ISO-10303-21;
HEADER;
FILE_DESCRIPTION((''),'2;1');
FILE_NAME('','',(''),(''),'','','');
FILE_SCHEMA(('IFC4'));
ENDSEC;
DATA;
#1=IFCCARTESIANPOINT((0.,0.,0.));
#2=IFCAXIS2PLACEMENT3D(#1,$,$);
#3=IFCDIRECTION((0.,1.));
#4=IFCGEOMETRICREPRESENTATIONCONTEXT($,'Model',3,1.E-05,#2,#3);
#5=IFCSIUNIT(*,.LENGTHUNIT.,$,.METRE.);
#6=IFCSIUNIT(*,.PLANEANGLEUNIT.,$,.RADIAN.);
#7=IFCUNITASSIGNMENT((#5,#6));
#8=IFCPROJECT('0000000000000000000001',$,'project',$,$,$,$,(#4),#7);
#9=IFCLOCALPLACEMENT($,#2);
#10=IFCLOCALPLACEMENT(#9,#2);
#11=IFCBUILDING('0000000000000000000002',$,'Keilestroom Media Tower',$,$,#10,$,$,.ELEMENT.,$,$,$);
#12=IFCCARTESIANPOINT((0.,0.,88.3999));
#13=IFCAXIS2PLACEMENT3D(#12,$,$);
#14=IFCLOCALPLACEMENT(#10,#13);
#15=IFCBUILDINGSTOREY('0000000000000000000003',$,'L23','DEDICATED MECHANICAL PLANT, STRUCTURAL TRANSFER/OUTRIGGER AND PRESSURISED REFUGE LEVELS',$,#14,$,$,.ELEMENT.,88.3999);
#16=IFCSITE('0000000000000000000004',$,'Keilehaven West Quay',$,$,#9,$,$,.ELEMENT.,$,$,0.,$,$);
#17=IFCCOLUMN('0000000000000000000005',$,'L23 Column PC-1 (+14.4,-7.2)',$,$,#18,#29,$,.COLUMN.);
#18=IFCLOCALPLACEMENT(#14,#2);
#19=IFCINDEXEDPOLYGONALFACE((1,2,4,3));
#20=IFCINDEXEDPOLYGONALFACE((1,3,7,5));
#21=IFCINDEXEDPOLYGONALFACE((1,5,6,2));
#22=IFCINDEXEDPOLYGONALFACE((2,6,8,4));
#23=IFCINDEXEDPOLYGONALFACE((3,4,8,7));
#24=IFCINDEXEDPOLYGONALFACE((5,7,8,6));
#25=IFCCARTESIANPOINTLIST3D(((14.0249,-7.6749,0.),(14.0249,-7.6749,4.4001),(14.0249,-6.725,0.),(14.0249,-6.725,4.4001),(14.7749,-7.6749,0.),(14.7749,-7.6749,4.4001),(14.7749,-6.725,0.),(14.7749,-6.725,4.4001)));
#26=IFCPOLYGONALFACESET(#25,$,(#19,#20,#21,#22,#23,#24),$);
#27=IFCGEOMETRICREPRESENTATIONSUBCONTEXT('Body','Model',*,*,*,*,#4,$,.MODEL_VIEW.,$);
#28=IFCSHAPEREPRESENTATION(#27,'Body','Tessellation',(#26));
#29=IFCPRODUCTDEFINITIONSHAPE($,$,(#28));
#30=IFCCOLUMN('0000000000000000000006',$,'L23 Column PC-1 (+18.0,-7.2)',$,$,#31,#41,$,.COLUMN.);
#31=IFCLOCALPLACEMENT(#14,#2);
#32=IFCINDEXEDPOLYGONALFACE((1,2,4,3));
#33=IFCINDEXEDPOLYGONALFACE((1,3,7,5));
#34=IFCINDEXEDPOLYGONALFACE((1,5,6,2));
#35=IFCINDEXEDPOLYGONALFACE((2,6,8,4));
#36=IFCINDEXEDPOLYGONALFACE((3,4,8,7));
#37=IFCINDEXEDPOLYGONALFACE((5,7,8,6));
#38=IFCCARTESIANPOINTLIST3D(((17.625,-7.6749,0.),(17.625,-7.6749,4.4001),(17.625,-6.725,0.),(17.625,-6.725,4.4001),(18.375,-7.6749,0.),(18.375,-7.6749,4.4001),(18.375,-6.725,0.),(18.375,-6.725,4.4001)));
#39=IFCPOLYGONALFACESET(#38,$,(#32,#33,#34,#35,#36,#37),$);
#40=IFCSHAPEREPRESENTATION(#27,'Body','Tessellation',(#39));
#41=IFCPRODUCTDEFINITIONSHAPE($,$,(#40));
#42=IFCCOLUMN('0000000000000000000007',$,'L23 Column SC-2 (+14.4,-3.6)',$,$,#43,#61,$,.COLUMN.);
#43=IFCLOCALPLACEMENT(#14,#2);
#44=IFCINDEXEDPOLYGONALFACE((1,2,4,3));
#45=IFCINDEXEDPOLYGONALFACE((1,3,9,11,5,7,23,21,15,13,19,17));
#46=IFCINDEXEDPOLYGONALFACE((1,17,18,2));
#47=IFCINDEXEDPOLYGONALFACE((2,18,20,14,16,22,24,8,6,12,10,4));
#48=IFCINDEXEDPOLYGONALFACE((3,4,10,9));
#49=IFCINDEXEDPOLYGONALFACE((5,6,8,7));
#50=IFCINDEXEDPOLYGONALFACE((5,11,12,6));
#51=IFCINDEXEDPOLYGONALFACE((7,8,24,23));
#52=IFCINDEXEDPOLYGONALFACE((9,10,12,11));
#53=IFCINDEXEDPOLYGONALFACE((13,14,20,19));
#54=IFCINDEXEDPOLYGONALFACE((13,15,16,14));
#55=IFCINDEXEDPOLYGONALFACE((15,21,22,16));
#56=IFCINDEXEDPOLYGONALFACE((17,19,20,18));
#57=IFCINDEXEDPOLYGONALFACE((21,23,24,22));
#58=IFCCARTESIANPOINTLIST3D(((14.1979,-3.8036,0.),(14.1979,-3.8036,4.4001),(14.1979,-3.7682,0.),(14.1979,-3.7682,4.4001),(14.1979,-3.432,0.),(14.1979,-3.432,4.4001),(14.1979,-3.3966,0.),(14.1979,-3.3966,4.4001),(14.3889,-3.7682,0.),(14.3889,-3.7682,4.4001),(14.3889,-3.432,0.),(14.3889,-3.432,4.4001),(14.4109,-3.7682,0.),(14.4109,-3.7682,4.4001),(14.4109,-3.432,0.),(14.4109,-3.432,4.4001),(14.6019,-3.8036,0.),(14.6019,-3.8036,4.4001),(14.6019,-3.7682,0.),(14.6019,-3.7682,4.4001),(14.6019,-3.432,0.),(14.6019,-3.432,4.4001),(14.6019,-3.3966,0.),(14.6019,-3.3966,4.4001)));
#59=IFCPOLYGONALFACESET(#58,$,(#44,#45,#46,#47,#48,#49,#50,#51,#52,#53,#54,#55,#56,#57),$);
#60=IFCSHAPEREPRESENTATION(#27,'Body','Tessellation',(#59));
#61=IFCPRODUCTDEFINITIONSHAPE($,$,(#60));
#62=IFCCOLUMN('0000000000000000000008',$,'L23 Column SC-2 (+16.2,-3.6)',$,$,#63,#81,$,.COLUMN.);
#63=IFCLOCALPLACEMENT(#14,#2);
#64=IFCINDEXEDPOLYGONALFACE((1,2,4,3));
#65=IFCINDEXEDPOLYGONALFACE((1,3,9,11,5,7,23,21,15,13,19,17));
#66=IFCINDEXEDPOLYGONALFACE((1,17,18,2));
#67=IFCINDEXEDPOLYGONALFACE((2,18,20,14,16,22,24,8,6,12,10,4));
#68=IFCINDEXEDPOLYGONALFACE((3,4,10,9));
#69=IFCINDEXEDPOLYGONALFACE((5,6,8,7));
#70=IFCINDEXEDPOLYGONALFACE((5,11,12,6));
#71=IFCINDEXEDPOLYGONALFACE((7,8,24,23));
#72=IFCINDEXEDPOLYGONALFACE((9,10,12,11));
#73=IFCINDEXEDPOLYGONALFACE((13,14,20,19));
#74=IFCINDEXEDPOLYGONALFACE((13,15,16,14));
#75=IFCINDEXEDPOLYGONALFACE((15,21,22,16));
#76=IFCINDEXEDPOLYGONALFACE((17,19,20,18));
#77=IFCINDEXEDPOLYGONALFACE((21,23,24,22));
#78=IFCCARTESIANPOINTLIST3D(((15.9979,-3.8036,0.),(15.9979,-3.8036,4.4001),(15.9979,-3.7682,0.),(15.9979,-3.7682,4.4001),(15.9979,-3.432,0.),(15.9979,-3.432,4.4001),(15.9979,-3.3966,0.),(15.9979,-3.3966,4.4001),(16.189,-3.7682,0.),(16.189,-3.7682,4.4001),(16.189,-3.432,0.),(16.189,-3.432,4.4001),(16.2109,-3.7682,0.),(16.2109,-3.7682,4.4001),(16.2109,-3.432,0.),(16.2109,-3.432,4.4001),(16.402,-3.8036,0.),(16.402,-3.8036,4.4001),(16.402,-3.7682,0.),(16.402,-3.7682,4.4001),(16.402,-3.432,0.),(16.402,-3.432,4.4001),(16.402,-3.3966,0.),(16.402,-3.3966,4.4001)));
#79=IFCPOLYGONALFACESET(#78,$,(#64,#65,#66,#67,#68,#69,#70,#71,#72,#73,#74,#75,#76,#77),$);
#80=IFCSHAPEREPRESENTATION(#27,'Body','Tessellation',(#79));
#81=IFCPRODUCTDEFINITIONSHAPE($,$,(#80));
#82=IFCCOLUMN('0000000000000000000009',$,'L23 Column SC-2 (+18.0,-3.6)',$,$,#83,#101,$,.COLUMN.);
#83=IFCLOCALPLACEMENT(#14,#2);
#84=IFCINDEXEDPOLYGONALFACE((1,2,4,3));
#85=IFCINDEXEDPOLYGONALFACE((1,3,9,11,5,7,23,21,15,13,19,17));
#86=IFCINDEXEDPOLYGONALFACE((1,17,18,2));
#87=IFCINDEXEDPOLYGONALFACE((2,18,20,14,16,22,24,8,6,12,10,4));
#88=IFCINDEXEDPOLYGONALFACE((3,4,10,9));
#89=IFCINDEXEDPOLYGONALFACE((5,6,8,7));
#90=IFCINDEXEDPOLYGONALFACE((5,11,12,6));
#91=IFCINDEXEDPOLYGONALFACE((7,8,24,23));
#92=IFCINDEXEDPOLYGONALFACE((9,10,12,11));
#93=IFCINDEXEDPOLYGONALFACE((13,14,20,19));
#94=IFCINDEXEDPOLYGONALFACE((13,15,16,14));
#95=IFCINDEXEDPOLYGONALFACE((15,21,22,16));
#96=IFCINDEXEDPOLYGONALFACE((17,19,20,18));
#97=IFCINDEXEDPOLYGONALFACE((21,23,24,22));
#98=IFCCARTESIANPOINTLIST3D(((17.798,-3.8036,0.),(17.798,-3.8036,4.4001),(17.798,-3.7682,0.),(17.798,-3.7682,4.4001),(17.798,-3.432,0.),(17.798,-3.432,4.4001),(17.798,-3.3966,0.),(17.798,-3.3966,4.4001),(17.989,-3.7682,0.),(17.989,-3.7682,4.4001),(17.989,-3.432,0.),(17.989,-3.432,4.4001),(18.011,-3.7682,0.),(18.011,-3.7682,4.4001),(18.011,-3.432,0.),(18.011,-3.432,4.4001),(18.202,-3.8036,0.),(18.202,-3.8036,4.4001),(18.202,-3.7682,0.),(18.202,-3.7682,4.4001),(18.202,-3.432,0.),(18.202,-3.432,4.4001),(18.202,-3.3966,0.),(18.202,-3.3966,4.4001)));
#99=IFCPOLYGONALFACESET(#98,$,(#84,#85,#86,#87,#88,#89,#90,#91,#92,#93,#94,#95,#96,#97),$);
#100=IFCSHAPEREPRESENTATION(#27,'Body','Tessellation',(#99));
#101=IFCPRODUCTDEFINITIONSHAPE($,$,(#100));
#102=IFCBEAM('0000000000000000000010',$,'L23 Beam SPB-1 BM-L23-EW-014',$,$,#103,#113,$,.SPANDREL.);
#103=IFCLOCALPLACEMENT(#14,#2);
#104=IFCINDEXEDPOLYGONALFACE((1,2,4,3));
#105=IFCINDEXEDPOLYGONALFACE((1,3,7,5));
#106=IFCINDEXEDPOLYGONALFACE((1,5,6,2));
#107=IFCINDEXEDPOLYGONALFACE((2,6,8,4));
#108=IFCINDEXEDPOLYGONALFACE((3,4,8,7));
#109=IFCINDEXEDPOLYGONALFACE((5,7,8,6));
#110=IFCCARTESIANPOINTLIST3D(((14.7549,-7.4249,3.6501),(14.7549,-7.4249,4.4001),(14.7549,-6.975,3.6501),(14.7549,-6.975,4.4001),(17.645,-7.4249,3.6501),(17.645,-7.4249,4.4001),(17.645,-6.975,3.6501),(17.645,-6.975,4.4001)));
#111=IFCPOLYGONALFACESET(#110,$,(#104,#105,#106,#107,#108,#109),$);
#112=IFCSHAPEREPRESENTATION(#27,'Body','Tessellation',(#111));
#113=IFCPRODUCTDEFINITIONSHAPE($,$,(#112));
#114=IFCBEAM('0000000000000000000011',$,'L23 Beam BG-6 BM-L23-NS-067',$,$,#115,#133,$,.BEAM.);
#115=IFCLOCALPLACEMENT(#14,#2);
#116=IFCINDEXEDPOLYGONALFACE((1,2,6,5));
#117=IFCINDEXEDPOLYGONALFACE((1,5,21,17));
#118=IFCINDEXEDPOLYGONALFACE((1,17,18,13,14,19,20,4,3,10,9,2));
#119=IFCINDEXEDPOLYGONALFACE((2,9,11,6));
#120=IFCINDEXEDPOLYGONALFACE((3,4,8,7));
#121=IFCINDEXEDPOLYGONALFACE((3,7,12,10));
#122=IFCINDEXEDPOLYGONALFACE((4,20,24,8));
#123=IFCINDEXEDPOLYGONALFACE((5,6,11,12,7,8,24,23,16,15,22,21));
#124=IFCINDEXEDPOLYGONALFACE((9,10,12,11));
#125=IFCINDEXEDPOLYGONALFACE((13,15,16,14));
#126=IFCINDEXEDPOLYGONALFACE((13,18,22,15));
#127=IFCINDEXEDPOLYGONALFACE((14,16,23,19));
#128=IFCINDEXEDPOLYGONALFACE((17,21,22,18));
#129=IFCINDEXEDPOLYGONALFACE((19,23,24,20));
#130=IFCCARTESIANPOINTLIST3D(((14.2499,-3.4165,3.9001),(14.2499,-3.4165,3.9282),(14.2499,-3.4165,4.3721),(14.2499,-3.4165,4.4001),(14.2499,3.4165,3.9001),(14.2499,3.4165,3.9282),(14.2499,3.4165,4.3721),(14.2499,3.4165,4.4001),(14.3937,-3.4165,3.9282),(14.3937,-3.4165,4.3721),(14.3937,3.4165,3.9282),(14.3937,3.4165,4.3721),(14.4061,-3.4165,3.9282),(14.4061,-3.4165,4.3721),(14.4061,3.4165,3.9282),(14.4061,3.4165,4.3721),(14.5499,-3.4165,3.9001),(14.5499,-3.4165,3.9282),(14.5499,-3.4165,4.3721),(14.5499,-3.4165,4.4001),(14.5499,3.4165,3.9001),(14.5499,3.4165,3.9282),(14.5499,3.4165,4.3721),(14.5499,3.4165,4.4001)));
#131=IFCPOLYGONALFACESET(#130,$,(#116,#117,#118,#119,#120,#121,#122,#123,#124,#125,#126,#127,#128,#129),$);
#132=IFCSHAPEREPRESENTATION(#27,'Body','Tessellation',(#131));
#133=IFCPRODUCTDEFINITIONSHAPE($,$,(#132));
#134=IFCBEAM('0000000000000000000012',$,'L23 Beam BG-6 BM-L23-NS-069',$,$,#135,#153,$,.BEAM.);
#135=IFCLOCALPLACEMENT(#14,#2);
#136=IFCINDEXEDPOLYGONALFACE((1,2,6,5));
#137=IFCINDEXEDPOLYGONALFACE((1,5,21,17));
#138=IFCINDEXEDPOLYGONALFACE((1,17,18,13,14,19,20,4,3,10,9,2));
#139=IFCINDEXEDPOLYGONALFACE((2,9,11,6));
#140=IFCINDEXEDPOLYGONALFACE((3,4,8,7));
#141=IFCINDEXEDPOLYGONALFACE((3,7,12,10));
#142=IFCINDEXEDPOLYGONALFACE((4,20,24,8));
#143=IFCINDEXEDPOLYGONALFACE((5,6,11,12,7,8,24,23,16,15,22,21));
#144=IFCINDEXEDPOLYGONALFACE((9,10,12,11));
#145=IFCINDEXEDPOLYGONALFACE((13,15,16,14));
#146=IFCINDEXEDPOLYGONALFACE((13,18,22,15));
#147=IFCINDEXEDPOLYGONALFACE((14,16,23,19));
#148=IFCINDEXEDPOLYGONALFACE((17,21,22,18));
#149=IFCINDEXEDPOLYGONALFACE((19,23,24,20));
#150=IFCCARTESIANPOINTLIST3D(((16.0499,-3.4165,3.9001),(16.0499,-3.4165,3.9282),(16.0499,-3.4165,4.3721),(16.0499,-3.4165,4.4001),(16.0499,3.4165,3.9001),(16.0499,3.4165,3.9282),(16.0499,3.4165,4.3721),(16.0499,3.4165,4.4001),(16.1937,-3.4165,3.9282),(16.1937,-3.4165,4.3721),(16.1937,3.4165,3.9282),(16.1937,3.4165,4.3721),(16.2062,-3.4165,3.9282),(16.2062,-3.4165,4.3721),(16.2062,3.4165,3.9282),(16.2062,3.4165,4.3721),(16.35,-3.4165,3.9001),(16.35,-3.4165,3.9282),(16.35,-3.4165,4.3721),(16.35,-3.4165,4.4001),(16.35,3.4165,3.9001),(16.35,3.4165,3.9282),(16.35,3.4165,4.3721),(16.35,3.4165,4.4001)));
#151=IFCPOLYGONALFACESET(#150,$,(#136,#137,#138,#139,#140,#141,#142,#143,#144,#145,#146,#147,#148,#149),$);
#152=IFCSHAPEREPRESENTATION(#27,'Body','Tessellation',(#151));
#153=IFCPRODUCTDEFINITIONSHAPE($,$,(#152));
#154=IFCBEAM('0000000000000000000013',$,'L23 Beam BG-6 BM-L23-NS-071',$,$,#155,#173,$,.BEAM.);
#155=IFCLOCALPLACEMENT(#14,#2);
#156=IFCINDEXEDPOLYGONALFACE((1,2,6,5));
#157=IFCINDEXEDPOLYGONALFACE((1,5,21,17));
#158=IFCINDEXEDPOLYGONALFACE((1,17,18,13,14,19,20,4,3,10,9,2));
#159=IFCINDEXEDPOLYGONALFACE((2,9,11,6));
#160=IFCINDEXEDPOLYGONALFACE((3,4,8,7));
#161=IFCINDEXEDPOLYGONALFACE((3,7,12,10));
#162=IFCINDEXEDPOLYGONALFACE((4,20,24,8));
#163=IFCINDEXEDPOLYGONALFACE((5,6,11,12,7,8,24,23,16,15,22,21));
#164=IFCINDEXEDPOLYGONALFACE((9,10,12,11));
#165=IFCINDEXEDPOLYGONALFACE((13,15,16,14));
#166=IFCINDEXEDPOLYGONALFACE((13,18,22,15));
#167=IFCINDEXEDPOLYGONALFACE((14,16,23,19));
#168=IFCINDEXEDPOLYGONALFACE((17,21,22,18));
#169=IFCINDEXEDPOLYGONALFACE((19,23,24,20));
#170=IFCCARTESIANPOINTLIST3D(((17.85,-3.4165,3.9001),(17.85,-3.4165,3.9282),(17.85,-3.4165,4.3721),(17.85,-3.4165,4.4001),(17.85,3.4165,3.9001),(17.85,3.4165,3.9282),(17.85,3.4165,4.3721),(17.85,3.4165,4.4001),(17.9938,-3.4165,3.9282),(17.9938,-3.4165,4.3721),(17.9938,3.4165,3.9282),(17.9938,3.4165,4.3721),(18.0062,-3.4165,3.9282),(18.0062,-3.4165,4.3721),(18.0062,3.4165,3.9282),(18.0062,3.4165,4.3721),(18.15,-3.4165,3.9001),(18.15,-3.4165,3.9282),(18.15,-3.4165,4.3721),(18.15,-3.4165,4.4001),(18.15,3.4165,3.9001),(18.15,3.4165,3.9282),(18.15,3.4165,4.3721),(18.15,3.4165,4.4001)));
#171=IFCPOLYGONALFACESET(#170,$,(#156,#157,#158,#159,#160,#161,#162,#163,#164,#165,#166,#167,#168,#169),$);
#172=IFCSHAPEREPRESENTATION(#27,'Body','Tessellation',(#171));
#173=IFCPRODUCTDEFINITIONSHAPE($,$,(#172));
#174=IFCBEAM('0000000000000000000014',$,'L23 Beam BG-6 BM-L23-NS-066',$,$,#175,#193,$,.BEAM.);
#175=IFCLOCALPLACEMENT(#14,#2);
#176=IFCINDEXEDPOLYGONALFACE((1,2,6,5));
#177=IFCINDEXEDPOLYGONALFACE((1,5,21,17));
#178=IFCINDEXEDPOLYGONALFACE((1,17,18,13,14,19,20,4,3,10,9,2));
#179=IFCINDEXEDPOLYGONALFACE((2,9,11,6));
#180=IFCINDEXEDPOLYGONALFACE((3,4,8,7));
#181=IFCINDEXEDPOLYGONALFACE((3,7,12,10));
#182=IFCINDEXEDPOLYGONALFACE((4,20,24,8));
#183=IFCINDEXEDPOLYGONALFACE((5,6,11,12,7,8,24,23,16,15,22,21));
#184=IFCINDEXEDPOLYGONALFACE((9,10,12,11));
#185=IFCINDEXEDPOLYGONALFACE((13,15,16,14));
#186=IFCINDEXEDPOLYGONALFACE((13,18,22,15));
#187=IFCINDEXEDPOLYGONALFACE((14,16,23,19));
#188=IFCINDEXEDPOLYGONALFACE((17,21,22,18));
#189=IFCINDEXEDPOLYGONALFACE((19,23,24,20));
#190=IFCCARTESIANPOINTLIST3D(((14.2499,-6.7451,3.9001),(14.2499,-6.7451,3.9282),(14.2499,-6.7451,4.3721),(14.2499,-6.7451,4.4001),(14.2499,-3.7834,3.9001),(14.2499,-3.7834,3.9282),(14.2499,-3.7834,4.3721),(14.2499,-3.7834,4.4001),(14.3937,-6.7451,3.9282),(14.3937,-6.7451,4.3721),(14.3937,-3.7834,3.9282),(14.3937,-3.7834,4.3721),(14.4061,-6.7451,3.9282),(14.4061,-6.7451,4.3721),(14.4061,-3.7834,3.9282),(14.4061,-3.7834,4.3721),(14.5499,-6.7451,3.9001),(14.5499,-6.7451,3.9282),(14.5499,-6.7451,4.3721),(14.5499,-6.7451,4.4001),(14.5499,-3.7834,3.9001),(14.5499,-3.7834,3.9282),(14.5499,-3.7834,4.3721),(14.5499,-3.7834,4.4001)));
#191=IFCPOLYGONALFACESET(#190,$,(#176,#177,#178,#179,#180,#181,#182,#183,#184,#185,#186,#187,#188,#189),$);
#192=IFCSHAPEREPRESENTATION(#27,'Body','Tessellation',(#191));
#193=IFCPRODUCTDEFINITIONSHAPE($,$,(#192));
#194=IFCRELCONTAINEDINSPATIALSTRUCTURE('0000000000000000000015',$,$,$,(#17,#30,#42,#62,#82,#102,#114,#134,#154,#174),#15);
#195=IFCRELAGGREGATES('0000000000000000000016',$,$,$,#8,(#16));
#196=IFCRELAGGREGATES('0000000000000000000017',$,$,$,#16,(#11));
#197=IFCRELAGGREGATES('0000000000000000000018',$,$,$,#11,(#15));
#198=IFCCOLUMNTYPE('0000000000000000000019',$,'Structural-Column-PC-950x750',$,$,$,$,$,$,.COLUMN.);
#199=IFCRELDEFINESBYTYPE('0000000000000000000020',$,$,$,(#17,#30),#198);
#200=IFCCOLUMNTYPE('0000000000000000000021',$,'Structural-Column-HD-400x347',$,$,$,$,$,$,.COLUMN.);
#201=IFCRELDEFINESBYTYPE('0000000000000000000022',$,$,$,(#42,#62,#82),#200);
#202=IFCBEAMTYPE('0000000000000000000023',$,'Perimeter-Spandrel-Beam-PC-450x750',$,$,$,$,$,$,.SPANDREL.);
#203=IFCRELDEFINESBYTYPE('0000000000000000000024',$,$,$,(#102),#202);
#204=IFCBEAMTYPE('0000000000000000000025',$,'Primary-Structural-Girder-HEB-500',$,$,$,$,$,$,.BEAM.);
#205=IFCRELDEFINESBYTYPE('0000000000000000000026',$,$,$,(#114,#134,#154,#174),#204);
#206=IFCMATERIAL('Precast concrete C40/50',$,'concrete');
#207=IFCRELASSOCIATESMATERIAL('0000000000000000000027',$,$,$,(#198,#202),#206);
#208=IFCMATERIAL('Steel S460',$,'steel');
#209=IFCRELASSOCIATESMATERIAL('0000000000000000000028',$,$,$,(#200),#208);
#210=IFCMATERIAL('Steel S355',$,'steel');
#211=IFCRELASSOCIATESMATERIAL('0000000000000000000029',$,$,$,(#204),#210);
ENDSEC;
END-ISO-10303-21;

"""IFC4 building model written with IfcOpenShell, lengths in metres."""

from ifc_helpers import new_model, si_unit, direction, frame, origin, origin_2d, place, context, subcontext, project, spatial, rectangle, i_section, extrude, source, transform, mapped, material, material_profile, profile_set, type_object, element, save


model = new_model("IFC4")

# Units and contexts
model_context = context("Model", 3, precision=1e-05, world=origin(), true_north=direction((0.0, 1.0)))
body_context = subcontext(model_context, "Body", "Model", "MODEL_VIEW")
ifc_project = project(units=[si_unit("LENGTHUNIT", "METRE"), si_unit("PLANEANGLEUNIT", "RADIAN")], contexts=[model_context])

# Site, building, storey
site_placement = place(None, origin())
site = spatial("IfcSite", under=ifc_project, at=site_placement, Name="Keilehaven West Quay", CompositionType="ELEMENT", RefElevation=0.0)
building_placement = place(site_placement, origin())
building = spatial("IfcBuilding", under=site, at=building_placement, Name="Keilestroom Media Tower", CompositionType="ELEMENT")
storey_placement = place(building_placement, frame((0.0, 0.0, 88.3999)))
storey = spatial("IfcBuildingStorey", under=building, at=storey_placement, Name="L23", Description="DEDICATED MECHANICAL PLANT, STRUCTURAL TRANSFER/OUTRIGGER AND PRESSURISED REFUGE LEVELS", CompositionType="ELEMENT", Elevation=88.3999)

# Columns
ifc_material_1 = material(Name="Precast concrete C40/50", Category="concrete")
ifc_material_profile_1 = material_profile(ifc_material_1, rectangle(XDim=0.75, YDim=0.95, at=origin_2d()), Name="PC 950x750")
ifc_profile_set_1 = profile_set([ifc_material_profile_1], Name="Precast concrete C40/50")
column_type_1 = type_object("IfcColumnType", Name="Structural-Column-PC-950x750", PredefinedType="COLUMN", material=ifc_profile_set_1)
shared_shape_1 = source(origin(), body_context, "Body", "SweptSolid", [
    extrude(rectangle(XDim=0.75, YDim=0.95, at=origin_2d()), origin(), (0.0, 0.0, 1.0), 4.4001),
])
for number, where, z_axis, x_axis, name in (
    (1, (14.3999, -7.2, 0.0), (0.0, 0.0, 1.0), (1.0, 0.0, 0.0), "L23 Column PC-1 (+14.4,-7.2)"),
    (2, (18.0, -7.2, 0.0), (0.0, 0.0, 1.0), (1.0, 0.0, 0.0), "L23 Column PC-1 (+18.0,-7.2)"),
):
    element("IfcColumn", number, at=place(storey_placement, frame(where, z_axis=z_axis, x_axis=x_axis)), inside=storey, type_object=column_type_1, Name=name, PredefinedType="COLUMN", context=body_context, shape_type="MappedRepresentation", body=[
        mapped(shared_shape_1, transform((0.0, 0.0, 0.0), x_axis=(1.0, 0.0, 0.0), y_axis=(0.0, 1.0, 0.0), z_axis=(0.0, 0.0, 1.0), scale=1.0)),
    ])
ifc_material_2 = material(Name="Steel S460", Category="steel")
ifc_material_profile_2 = material_profile(ifc_material_2, i_section(OverallWidth=0.4041, OverallDepth=0.407, WebThickness=0.022, FlangeThickness=0.0354, at=origin_2d()), Name="HD 400x347")
ifc_profile_set_2 = profile_set([ifc_material_profile_2], Name="Steel S460")
column_type_2 = type_object("IfcColumnType", Name="Structural-Column-HD-400x347", PredefinedType="COLUMN", material=ifc_profile_set_2)
shared_shape_2 = source(origin(), body_context, "Body", "SweptSolid", [
    extrude(i_section(OverallWidth=0.4041, OverallDepth=0.407, WebThickness=0.022, FlangeThickness=0.0354, at=origin_2d()), origin(), (0.0, 0.0, 1.0), 4.4001),
])
for number, where, z_axis, x_axis, name in (
    (3, (14.3999, -3.6001, 0.0), (0.0, 0.0, 1.0), (1.0, 0.0, 0.0), "L23 Column SC-2 (+14.4,-3.6)"),
    (4, (16.2, -3.6001, 0.0), (0.0, 0.0, 1.0), (1.0, 0.0, 0.0), "L23 Column SC-2 (+16.2,-3.6)"),
    (5, (18.0, -3.6001, 0.0), (0.0, 0.0, 1.0), (1.0, 0.0, 0.0), "L23 Column SC-2 (+18.0,-3.6)"),
):
    element("IfcColumn", number, at=place(storey_placement, frame(where, z_axis=z_axis, x_axis=x_axis)), inside=storey, type_object=column_type_2, Name=name, PredefinedType="COLUMN", context=body_context, shape_type="MappedRepresentation", body=[
        mapped(shared_shape_2, transform((0.0, 0.0, 0.0), x_axis=(1.0, 0.0, 0.0), y_axis=(0.0, 1.0, 0.0), z_axis=(0.0, 0.0, 1.0), scale=1.0)),
    ])

# Beams
ifc_material_profile_3 = material_profile(ifc_material_1, rectangle(XDim=0.45, YDim=0.75, at=origin_2d()), Name="PC 450x750")
ifc_profile_set_3 = profile_set([ifc_material_profile_3], Name="Precast concrete C40/50")
beam_type_1 = type_object("IfcBeamType", Name="Perimeter-Spandrel-Beam-PC-450x750", PredefinedType="SPANDREL", material=ifc_profile_set_3)
shared_shape_3 = source(origin(), body_context, "Body", "SweptSolid", [
    extrude(rectangle(XDim=0.45, YDim=0.75, at=origin_2d()), origin(), (0.0, 0.0, 1.0), 2.8901),
])
beam_1_placement = place(storey_placement, frame((14.7549, -7.2, 4.0251), z_axis=(1.0, 0.0, 0.0), x_axis=(0.0, 1.0, 0.0)))
element("IfcBeam", 6, at=beam_1_placement, inside=storey, type_object=beam_type_1, Name="L23 Beam SPB-1 BM-L23-EW-014", PredefinedType="SPANDREL", context=body_context, shape_type="MappedRepresentation", body=[
    mapped(shared_shape_3, transform((0.0, 0.0, 0.0), x_axis=(1.0, 0.0, 0.0), y_axis=(0.0, 1.0, 0.0), z_axis=(0.0, 0.0, 1.0), scale=1.0)),
])
ifc_material_3 = material(Name="Steel S355", Category="steel")
ifc_material_profile_4 = material_profile(ifc_material_3, i_section(OverallWidth=0.3, OverallDepth=0.5, WebThickness=0.0125, FlangeThickness=0.0281, at=origin_2d()), Name="HEB 500")
ifc_profile_set_4 = profile_set([ifc_material_profile_4], Name="Steel S355")
beam_type_2 = type_object("IfcBeamType", Name="Primary-Structural-Girder-HEB-500", PredefinedType="BEAM", material=ifc_profile_set_4)
shared_shape_4 = source(origin(), body_context, "Body", "SweptSolid", [
    extrude(i_section(OverallWidth=0.3, OverallDepth=0.5, WebThickness=0.0125, FlangeThickness=0.0281, at=origin_2d()), origin(), (0.0, 0.0, 1.0), 6.833),
])
for number, where, z_axis, x_axis, name in (
    (7, (14.3999, -3.4165, 4.1501), (0.0, 1.0, 0.0), (-1.0, 0.0, 0.0), "L23 Beam BG-6 BM-L23-NS-067"),
    (8, (16.2, -3.4165, 4.1501), (0.0, 1.0, 0.0), (-1.0, 0.0, 0.0), "L23 Beam BG-6 BM-L23-NS-069"),
    (9, (18.0, -3.4165, 4.1501), (0.0, 1.0, 0.0), (-1.0, 0.0, 0.0), "L23 Beam BG-6 BM-L23-NS-071"),
):
    element("IfcBeam", number, at=place(storey_placement, frame(where, z_axis=z_axis, x_axis=x_axis)), inside=storey, type_object=beam_type_2, Name=name, PredefinedType="BEAM", context=body_context, shape_type="MappedRepresentation", body=[
        mapped(shared_shape_4, transform((0.0, 0.0, 0.0), x_axis=(1.0, 0.0, 0.0), y_axis=(0.0, 1.0, 0.0), z_axis=(0.0, 0.0, 1.0), scale=1.0)),
    ])
shared_shape_5 = source(origin(), body_context, "Body", "SweptSolid", [
    extrude(i_section(OverallWidth=0.3, OverallDepth=0.5, WebThickness=0.0125, FlangeThickness=0.0281, at=origin_2d()), origin(), (0.0, 0.0, 1.0), 2.9617),
])
for number, where, z_axis, x_axis, name in (
    (10, (14.3999, -6.7451, 4.1501), (0.0, 1.0, 0.0), (-1.0, 0.0, 0.0), "L23 Beam BG-6 BM-L23-NS-066"),
):
    element("IfcBeam", number, at=place(storey_placement, frame(where, z_axis=z_axis, x_axis=x_axis)), inside=storey, type_object=beam_type_2, Name=name, PredefinedType="BEAM", context=body_context, shape_type="MappedRepresentation", body=[
        mapped(shared_shape_5, transform((0.0, 0.0, 0.0), x_axis=(1.0, 0.0, 0.0), y_axis=(0.0, 1.0, 0.0), z_axis=(0.0, 0.0, 1.0), scale=1.0)),
    ])

save(model, "model.ifc")
